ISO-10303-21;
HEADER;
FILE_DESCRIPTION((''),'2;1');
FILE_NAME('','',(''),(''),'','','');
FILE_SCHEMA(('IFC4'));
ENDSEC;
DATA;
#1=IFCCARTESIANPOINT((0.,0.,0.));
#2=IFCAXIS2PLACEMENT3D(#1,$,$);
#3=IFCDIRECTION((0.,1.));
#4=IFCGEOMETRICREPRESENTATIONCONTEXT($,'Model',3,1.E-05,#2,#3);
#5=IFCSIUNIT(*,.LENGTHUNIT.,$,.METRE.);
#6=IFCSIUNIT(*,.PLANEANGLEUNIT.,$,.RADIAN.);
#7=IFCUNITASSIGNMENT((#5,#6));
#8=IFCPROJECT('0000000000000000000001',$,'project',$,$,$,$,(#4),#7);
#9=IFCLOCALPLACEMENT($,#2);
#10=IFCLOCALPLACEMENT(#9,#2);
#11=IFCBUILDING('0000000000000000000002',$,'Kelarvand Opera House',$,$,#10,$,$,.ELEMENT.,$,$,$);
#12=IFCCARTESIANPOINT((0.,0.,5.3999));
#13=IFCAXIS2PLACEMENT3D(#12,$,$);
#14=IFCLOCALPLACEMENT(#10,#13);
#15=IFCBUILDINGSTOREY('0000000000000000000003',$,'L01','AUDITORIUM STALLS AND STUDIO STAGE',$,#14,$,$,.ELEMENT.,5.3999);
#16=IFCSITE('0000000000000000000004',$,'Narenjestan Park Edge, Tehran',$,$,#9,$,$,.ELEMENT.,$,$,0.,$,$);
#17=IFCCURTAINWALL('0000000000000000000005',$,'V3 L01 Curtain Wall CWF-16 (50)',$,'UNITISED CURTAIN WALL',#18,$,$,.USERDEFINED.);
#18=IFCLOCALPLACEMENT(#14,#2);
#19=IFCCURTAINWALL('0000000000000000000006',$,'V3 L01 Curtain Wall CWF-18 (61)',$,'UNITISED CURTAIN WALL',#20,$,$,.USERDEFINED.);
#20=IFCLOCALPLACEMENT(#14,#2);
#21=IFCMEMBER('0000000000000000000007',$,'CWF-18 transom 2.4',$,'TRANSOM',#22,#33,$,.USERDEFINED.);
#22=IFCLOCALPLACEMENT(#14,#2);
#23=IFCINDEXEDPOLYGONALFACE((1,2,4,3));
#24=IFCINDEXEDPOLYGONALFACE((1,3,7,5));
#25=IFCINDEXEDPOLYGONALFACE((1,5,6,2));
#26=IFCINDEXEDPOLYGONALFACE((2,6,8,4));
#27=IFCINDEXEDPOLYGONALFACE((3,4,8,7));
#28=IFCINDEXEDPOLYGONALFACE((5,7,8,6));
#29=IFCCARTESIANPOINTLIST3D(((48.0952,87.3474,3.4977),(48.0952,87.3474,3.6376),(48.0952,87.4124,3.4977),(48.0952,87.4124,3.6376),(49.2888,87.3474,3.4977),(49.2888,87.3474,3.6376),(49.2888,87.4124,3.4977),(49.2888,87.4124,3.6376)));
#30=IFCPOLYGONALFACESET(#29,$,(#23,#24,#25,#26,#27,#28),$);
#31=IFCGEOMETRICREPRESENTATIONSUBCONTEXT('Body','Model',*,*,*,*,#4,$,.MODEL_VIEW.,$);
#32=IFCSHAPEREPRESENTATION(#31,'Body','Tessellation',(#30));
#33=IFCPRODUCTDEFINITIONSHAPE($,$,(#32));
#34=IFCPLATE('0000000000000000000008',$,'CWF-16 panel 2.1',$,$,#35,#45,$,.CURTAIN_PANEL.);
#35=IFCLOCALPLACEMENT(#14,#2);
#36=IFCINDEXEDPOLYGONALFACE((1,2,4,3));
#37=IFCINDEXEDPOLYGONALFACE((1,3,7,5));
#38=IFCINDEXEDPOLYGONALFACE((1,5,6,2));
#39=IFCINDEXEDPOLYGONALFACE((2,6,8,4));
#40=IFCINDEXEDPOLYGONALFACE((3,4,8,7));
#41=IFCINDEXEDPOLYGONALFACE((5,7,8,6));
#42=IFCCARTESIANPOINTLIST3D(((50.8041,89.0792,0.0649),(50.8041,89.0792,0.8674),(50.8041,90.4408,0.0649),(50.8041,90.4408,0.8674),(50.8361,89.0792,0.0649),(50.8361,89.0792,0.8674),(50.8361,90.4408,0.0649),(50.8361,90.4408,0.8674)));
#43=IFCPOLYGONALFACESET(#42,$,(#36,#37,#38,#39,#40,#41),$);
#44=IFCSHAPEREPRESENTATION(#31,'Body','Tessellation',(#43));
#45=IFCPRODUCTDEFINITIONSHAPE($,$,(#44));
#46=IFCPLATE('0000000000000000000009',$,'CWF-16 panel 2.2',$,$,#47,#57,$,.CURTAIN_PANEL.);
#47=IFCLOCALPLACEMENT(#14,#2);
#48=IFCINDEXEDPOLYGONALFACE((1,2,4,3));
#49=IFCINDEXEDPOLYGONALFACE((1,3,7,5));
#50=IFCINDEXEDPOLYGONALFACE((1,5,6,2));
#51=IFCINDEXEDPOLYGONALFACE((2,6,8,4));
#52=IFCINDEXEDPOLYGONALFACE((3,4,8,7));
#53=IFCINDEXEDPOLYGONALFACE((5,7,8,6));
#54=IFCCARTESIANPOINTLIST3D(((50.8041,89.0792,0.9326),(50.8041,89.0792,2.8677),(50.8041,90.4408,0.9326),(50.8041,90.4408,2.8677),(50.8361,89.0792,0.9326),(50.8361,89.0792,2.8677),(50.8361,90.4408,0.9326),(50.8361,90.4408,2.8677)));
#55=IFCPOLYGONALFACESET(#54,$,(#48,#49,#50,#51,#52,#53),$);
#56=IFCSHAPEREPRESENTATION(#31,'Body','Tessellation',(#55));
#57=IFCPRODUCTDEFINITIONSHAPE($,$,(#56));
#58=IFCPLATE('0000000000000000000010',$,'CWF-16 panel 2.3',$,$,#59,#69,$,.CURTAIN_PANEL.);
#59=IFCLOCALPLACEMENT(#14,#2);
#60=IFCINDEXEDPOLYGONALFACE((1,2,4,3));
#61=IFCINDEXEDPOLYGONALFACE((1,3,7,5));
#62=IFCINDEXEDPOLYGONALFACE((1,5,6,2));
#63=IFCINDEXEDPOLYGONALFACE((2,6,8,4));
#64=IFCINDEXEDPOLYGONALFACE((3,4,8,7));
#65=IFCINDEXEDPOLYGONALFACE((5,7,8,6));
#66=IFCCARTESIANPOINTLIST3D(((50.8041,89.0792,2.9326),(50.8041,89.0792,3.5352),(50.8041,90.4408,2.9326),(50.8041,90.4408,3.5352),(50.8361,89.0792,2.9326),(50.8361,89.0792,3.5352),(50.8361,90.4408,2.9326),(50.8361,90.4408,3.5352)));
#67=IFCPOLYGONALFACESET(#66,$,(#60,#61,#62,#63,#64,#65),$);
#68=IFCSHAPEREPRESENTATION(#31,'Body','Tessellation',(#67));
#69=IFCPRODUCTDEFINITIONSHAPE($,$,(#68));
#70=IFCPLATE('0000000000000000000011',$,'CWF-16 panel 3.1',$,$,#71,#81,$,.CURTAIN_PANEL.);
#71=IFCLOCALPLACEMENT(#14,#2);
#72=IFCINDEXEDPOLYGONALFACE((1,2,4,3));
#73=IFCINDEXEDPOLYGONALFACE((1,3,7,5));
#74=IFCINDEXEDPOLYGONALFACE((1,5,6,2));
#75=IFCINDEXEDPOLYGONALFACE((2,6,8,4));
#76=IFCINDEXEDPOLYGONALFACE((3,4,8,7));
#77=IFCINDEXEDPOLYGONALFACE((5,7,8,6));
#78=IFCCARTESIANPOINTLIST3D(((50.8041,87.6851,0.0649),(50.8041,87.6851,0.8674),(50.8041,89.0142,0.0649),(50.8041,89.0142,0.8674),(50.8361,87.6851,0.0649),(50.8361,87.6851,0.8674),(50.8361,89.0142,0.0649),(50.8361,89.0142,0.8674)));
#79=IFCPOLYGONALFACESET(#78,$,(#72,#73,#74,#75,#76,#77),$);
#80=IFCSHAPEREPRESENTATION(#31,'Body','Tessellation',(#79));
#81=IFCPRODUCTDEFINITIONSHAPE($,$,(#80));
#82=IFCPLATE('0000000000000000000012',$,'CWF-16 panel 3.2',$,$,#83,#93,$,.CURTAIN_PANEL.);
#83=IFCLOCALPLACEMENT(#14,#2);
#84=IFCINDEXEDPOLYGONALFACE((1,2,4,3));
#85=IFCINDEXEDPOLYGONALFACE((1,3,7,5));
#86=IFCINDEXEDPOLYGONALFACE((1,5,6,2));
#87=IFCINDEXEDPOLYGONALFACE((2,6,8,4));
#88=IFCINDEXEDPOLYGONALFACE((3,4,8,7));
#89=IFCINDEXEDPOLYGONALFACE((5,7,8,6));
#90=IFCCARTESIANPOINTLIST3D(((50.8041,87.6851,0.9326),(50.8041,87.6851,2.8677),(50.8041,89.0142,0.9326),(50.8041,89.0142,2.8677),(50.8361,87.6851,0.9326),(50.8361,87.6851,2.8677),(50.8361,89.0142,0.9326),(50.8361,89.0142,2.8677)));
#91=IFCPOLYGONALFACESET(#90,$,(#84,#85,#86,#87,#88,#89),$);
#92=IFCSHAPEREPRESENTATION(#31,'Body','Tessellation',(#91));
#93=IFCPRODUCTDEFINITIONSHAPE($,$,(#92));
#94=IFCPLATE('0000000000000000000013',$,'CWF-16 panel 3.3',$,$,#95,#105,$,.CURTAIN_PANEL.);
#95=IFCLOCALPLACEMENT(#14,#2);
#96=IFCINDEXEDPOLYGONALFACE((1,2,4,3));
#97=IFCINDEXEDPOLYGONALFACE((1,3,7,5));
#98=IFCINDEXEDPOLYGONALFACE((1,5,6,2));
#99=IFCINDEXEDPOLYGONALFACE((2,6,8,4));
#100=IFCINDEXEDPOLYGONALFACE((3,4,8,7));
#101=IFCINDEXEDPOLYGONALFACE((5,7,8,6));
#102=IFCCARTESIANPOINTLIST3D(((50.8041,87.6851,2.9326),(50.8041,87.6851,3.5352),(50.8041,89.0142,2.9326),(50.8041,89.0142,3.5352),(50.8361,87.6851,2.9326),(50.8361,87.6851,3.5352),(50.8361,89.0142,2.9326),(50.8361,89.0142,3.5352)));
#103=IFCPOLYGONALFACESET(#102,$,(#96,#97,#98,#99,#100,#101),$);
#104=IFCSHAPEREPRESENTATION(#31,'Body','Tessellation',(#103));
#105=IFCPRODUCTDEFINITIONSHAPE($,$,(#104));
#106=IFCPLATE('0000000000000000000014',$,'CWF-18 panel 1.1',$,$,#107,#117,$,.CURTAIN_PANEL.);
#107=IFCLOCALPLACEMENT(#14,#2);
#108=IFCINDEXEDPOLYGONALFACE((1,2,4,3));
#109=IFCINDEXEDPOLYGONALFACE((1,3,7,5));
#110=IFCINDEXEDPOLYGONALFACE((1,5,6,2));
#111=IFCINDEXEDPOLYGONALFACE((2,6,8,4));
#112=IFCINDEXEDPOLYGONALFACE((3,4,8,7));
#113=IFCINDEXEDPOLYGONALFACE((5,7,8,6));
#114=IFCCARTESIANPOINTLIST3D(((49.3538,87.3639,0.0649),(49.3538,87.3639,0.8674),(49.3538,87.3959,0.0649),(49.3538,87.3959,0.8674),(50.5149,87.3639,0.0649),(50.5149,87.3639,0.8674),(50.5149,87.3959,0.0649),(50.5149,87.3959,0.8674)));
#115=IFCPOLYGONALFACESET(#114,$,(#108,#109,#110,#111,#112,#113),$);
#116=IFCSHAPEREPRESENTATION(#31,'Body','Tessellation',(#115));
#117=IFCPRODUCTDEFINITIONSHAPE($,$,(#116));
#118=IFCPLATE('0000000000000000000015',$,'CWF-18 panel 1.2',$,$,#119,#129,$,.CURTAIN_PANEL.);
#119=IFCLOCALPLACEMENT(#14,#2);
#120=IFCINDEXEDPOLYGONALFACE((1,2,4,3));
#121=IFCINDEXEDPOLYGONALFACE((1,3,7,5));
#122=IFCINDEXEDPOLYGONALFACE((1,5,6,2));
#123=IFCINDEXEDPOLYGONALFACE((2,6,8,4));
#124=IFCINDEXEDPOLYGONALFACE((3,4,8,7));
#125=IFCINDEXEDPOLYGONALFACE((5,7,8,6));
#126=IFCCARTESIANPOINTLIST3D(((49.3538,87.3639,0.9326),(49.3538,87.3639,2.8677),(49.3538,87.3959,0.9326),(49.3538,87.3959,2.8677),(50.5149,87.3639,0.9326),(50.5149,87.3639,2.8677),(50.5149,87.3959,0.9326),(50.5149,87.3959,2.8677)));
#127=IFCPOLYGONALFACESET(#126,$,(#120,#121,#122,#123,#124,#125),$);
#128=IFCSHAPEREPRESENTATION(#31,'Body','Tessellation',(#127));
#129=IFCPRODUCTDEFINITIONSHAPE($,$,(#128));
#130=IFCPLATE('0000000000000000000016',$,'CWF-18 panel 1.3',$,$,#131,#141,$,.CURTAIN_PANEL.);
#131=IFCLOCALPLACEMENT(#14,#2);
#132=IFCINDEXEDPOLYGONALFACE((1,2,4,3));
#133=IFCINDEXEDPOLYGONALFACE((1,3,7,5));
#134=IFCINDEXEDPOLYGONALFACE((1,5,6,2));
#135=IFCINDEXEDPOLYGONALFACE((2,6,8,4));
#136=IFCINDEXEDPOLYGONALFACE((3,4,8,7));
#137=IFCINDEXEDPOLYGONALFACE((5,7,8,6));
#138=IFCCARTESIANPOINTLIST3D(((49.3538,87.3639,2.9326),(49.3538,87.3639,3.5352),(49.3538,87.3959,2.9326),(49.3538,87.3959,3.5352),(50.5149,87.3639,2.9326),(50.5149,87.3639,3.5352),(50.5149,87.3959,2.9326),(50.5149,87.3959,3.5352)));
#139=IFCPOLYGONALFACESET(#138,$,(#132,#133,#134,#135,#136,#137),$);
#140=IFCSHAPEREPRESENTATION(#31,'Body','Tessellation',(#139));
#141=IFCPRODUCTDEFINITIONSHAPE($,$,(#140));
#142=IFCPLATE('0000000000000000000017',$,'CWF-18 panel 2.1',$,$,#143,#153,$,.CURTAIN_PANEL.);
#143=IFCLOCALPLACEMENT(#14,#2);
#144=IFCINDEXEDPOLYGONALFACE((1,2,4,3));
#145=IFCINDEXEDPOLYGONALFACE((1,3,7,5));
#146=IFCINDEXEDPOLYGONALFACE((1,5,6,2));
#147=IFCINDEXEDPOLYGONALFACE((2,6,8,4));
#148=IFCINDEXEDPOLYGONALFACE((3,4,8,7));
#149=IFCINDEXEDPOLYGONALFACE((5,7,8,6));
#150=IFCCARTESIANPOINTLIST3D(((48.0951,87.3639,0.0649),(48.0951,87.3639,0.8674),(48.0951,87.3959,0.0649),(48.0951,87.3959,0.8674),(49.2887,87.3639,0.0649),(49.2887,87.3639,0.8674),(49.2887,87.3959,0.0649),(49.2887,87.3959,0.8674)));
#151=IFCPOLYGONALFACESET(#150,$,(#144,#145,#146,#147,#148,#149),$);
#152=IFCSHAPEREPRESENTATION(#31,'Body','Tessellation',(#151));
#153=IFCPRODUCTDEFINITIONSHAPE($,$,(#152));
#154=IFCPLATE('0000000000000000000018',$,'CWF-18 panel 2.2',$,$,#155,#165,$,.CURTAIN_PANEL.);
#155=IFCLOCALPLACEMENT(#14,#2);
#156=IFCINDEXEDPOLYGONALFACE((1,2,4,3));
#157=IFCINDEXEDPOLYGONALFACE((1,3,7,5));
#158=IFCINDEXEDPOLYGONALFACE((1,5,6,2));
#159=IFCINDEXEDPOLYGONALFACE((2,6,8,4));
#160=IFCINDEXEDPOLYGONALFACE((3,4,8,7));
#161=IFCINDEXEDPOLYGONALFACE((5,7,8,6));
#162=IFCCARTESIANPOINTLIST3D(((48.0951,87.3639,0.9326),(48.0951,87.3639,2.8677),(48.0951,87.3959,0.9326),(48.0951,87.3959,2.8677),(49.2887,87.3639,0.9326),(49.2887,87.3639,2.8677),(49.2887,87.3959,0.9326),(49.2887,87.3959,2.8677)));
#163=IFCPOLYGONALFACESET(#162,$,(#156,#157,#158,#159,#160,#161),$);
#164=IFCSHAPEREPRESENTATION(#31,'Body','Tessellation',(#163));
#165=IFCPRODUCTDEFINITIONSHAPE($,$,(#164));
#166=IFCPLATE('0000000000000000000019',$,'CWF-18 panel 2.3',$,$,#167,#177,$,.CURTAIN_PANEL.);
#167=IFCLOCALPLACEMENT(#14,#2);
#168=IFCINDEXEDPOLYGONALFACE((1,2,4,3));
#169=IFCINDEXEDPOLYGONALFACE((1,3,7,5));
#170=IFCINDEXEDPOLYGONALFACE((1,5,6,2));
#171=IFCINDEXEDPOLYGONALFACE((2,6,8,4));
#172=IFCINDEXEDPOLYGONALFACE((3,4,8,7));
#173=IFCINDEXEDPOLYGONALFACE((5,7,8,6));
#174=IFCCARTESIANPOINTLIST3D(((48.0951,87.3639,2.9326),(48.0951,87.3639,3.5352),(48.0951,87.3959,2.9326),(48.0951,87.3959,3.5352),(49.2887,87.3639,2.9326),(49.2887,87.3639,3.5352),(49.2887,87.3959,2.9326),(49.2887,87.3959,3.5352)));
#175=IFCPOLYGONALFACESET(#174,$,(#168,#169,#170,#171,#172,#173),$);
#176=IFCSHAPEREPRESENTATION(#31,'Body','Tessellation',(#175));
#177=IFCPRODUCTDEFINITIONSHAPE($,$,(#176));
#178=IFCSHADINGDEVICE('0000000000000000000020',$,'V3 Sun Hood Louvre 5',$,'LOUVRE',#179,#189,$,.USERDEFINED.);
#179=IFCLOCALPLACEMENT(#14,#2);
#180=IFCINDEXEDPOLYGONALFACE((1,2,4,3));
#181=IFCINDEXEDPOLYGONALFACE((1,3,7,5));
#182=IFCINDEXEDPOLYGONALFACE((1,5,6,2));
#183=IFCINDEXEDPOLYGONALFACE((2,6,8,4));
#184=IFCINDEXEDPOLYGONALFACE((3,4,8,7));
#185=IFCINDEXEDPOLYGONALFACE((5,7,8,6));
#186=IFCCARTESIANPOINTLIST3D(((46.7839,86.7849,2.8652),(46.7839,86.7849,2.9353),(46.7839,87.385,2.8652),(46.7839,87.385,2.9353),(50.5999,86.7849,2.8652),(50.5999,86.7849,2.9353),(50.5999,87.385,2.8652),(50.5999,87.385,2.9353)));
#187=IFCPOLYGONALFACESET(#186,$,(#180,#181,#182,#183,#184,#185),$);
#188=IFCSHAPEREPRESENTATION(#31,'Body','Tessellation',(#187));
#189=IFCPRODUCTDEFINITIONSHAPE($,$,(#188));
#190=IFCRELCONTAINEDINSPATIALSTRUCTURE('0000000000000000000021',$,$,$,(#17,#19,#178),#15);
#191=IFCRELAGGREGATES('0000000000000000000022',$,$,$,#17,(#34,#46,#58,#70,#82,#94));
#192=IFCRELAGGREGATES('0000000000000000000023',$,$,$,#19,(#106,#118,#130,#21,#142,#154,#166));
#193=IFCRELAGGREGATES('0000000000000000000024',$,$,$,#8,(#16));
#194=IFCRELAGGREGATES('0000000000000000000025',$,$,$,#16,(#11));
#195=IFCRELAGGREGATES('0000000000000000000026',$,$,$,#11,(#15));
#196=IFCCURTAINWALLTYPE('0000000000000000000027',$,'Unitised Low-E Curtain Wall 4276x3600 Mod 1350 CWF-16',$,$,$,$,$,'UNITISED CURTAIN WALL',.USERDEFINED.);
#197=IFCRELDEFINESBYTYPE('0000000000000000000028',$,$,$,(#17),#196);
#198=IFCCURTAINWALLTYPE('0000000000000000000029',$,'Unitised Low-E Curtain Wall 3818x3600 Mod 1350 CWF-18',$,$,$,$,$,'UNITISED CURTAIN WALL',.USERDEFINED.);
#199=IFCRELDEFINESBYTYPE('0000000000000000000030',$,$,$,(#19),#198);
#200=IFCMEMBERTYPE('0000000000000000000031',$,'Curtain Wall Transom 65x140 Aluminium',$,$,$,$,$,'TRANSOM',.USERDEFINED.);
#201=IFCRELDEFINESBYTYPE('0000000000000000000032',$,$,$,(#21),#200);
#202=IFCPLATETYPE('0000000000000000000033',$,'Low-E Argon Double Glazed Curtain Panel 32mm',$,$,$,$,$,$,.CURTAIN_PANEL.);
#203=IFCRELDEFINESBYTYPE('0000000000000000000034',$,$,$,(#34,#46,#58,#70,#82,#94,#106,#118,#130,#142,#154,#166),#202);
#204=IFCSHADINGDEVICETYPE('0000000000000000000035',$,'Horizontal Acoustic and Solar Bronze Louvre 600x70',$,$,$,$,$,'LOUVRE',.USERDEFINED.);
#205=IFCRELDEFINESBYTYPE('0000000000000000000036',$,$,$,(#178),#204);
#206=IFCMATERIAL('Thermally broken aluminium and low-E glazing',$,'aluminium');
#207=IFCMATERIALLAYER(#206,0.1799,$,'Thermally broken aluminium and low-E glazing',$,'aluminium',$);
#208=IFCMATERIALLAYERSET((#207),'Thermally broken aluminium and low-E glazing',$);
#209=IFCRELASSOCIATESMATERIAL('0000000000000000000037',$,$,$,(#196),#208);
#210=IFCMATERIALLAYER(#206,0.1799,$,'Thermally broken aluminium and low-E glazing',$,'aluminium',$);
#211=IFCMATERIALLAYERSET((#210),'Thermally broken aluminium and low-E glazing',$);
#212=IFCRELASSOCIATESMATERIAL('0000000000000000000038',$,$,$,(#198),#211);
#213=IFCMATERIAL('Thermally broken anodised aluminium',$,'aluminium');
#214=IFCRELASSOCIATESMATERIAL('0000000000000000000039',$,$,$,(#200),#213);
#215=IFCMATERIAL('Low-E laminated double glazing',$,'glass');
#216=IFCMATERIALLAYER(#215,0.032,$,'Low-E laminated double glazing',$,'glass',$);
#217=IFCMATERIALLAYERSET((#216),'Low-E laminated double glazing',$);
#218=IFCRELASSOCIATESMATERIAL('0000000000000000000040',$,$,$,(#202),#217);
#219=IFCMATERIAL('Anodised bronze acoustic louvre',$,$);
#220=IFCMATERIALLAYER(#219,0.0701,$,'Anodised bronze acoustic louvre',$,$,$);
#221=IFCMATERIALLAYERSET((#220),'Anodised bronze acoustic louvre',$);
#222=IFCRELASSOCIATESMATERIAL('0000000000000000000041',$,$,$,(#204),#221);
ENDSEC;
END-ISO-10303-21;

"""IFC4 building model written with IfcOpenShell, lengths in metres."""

from ifc_helpers import new_model, si_unit, direction, frame, origin, origin_2d, place, context, subcontext, project, spatial, rectangle, extrude, material, layer, layer_set, material_profile, profile_set, type_object, element, aggregate, save


model = new_model("IFC4")

# Units and contexts
model_context = context("Model", 3, precision=1e-05, world=origin(), true_north=direction((0.0, 1.0)))
body_context = subcontext(model_context, "Body", "Model", "MODEL_VIEW")
ifc_project = project(units=[si_unit("LENGTHUNIT", "METRE"), si_unit("PLANEANGLEUNIT", "RADIAN")], contexts=[model_context])

# Site, building, storey
site_placement = place(None, origin())
site = spatial("IfcSite", under=ifc_project, at=site_placement, Name="Narenjestan Park Edge, Tehran", CompositionType="ELEMENT", RefElevation=0.0)
building_placement = place(site_placement, origin())
building = spatial("IfcBuilding", under=site, at=building_placement, Name="Kelarvand Opera House", CompositionType="ELEMENT")
storey_placement = place(building_placement, frame((0.0, 0.0, 5.3999)))
storey = spatial("IfcBuildingStorey", under=building, at=storey_placement, Name="L01", Description="AUDITORIUM STALLS AND STUDIO STAGE", CompositionType="ELEMENT", Elevation=5.3999)

# Curtain walls
ifc_material_1 = material(Name="Thermally broken aluminium and low-E glazing", Category="aluminium")
ifc_layer_1 = layer(ifc_material_1, 0.1799, Name="Thermally broken aluminium and low-E glazing", Category="aluminium")
ifc_layer_set_1 = layer_set([ifc_layer_1], Name="Thermally broken aluminium and low-E glazing")
curtain_wall_type_1 = type_object("IfcCurtainWallType", Name="Unitised Low-E Curtain Wall 4276x3600 Mod 1350 CWF-16", ElementType="UNITISED CURTAIN WALL", PredefinedType="USERDEFINED", material=ifc_layer_set_1)
curtain_wall_1_placement = place(storey_placement, origin())
curtain_wall_1 = element("IfcCurtainWall", 1, at=curtain_wall_1_placement, inside=storey, type_object=curtain_wall_type_1, Name="V3 L01 Curtain Wall CWF-16 (50)", ObjectType="UNITISED CURTAIN WALL", PredefinedType="USERDEFINED")
ifc_material_2 = material(Name="Thermally broken anodised aluminium", Category="aluminium")
ifc_layer_2 = layer(ifc_material_1, 0.1799, Name="Thermally broken aluminium and low-E glazing", Category="aluminium")
ifc_layer_set_2 = layer_set([ifc_layer_2], Name="Thermally broken aluminium and low-E glazing")
curtain_wall_type_2 = type_object("IfcCurtainWallType", Name="Unitised Low-E Curtain Wall 3818x3600 Mod 1350 CWF-18", ElementType="UNITISED CURTAIN WALL", PredefinedType="USERDEFINED", material=ifc_layer_set_2)
curtain_wall_2_placement = place(storey_placement, origin())
curtain_wall_2 = element("IfcCurtainWall", 2, at=curtain_wall_2_placement, inside=storey, type_object=curtain_wall_type_2, Name="V3 L01 Curtain Wall CWF-18 (61)", ObjectType="UNITISED CURTAIN WALL", PredefinedType="USERDEFINED")

# Member
ifc_material_profile_1 = material_profile(ifc_material_2, rectangle(XDim=0.0649, YDim=0.1399, at=origin_2d()), Name="ALU TRANSOM 65x140", Category="aluminium")
ifc_profile_set_1 = profile_set([ifc_material_profile_1], Name="Thermally broken anodised aluminium")
member_type_1 = type_object("IfcMemberType", Name="Curtain Wall Transom 65x140 Aluminium", ElementType="TRANSOM", PredefinedType="USERDEFINED", material=ifc_profile_set_1)
member_1_placement = place(storey_placement, frame((49.2888, 87.3799, 3.5676), z_axis=(-1.0, 0.0, 0.0), x_axis=(0.0, -1.0, 0.0)))
member_1 = element("IfcMember", 3, at=member_1_placement, type_object=member_type_1, Name="CWF-18 transom 2.4", ObjectType="TRANSOM", PredefinedType="USERDEFINED", context=body_context, shape_type="SweptSolid", body=[
    extrude(rectangle(XDim=0.0649, YDim=0.1399, at=origin_2d()), origin(), (0.0, 0.0, 1.0), 1.1936),
])

# Plates
ifc_material_3 = material(Name="Low-E laminated double glazing", Category="glass")
ifc_layer_3 = layer(ifc_material_3, 0.032, Name="Low-E laminated double glazing", Category="glass")
ifc_layer_set_3 = layer_set([ifc_layer_3], Name="Low-E laminated double glazing")
plate_type = type_object("IfcPlateType", Name="Low-E Argon Double Glazed Curtain Panel 32mm", PredefinedType="CURTAIN_PANEL", material=ifc_layer_set_3)
plate_1_placement = place(storey_placement, frame((50.8201, 89.76, 0.0649), z_axis=(0.0, 0.0, 1.0), x_axis=(0.0, -1.0, 0.0)))
plate_1 = element("IfcPlate", 4, at=plate_1_placement, type_object=plate_type, Name="CWF-16 panel 2.1", PredefinedType="CURTAIN_PANEL", context=body_context, shape_type="SweptSolid", body=[
    extrude(rectangle(XDim=1.3616, YDim=0.032, at=origin_2d()), origin(), (0.0, 0.0, 1.0), 0.8025),
])
plate_2_placement = place(storey_placement, frame((50.8201, 89.76, 0.9326), z_axis=(0.0, 0.0, 1.0), x_axis=(0.0, -1.0, 0.0)))
plate_2 = element("IfcPlate", 5, at=plate_2_placement, type_object=plate_type, Name="CWF-16 panel 2.2", PredefinedType="CURTAIN_PANEL", context=body_context, shape_type="SweptSolid", body=[
    extrude(rectangle(XDim=1.3616, YDim=0.032, at=origin_2d()), origin(), (0.0, 0.0, 1.0), 1.9351),
])
plate_3_placement = place(storey_placement, frame((50.8201, 89.76, 2.9326), z_axis=(0.0, 0.0, 1.0), x_axis=(0.0, -1.0, 0.0)))
plate_3 = element("IfcPlate", 6, at=plate_3_placement, type_object=plate_type, Name="CWF-16 panel 2.3", PredefinedType="CURTAIN_PANEL", context=body_context, shape_type="SweptSolid", body=[
    extrude(rectangle(XDim=1.3616, YDim=0.032, at=origin_2d()), origin(), (0.0, 0.0, 1.0), 0.6025),
])
plate_4_placement = place(storey_placement, frame((50.8201, 88.3496, 0.0649), z_axis=(0.0, 0.0, 1.0), x_axis=(0.0, -1.0, 0.0)))
plate_4 = element("IfcPlate", 7, at=plate_4_placement, type_object=plate_type, Name="CWF-16 panel 3.1", PredefinedType="CURTAIN_PANEL", context=body_context, shape_type="SweptSolid", body=[
    extrude(rectangle(XDim=1.3291, YDim=0.032, at=origin_2d()), origin(), (0.0, 0.0, 1.0), 0.8025),
])
plate_5_placement = place(storey_placement, frame((50.8201, 88.3496, 0.9326), z_axis=(0.0, 0.0, 1.0), x_axis=(0.0, -1.0, 0.0)))
plate_5 = element("IfcPlate", 8, at=plate_5_placement, type_object=plate_type, Name="CWF-16 panel 3.2", PredefinedType="CURTAIN_PANEL", context=body_context, shape_type="SweptSolid", body=[
    extrude(rectangle(XDim=1.3291, YDim=0.032, at=origin_2d()), origin(), (0.0, 0.0, 1.0), 1.9351),
])
plate_6_placement = place(storey_placement, frame((50.8201, 88.3496, 2.9326), z_axis=(0.0, 0.0, 1.0), x_axis=(0.0, -1.0, 0.0)))
plate_6 = element("IfcPlate", 9, at=plate_6_placement, type_object=plate_type, Name="CWF-16 panel 3.3", PredefinedType="CURTAIN_PANEL", context=body_context, shape_type="SweptSolid", body=[
    extrude(rectangle(XDim=1.3291, YDim=0.032, at=origin_2d()), origin(), (0.0, 0.0, 1.0), 0.6025),
])
aggregate(curtain_wall_1, [plate_1, plate_2, plate_3, plate_4, plate_5, plate_6])
plate_7_placement = place(storey_placement, frame((49.9343, 87.3799, 0.0649), z_axis=(0.0, 0.0, 1.0), x_axis=(-1.0, 0.0, 0.0)))
plate_7 = element("IfcPlate", 10, at=plate_7_placement, type_object=plate_type, Name="CWF-18 panel 1.1", PredefinedType="CURTAIN_PANEL", context=body_context, shape_type="SweptSolid", body=[
    extrude(rectangle(XDim=1.1611, YDim=0.032, at=origin_2d()), origin(), (0.0, 0.0, 1.0), 0.8025),
])
plate_8_placement = place(storey_placement, frame((49.9343, 87.3799, 0.9326), z_axis=(0.0, 0.0, 1.0), x_axis=(-1.0, 0.0, 0.0)))
plate_8 = element("IfcPlate", 11, at=plate_8_placement, type_object=plate_type, Name="CWF-18 panel 1.2", PredefinedType="CURTAIN_PANEL", context=body_context, shape_type="SweptSolid", body=[
    extrude(rectangle(XDim=1.1611, YDim=0.032, at=origin_2d()), origin(), (0.0, 0.0, 1.0), 1.9351),
])
plate_9_placement = place(storey_placement, frame((49.9343, 87.3799, 2.9326), z_axis=(0.0, 0.0, 1.0), x_axis=(-1.0, 0.0, 0.0)))
plate_9 = element("IfcPlate", 12, at=plate_9_placement, type_object=plate_type, Name="CWF-18 panel 1.3", PredefinedType="CURTAIN_PANEL", context=body_context, shape_type="SweptSolid", body=[
    extrude(rectangle(XDim=1.1611, YDim=0.032, at=origin_2d()), origin(), (0.0, 0.0, 1.0), 0.6025),
])
plate_10_placement = place(storey_placement, frame((48.6919, 87.3799, 0.0649), z_axis=(0.0, 0.0, 1.0), x_axis=(-1.0, 0.0, 0.0)))
plate_10 = element("IfcPlate", 13, at=plate_10_placement, type_object=plate_type, Name="CWF-18 panel 2.1", PredefinedType="CURTAIN_PANEL", context=body_context, shape_type="SweptSolid", body=[
    extrude(rectangle(XDim=1.1936, YDim=0.032, at=origin_2d()), origin(), (0.0, 0.0, 1.0), 0.8025),
])
plate_11_placement = place(storey_placement, frame((48.6919, 87.3799, 0.9326), z_axis=(0.0, 0.0, 1.0), x_axis=(-1.0, 0.0, 0.0)))
plate_11 = element("IfcPlate", 14, at=plate_11_placement, type_object=plate_type, Name="CWF-18 panel 2.2", PredefinedType="CURTAIN_PANEL", context=body_context, shape_type="SweptSolid", body=[
    extrude(rectangle(XDim=1.1936, YDim=0.032, at=origin_2d()), origin(), (0.0, 0.0, 1.0), 1.9351),
])
plate_12_placement = place(storey_placement, frame((48.6919, 87.3799, 2.9326), z_axis=(0.0, 0.0, 1.0), x_axis=(-1.0, 0.0, 0.0)))
plate_12 = element("IfcPlate", 15, at=plate_12_placement, type_object=plate_type, Name="CWF-18 panel 2.3", PredefinedType="CURTAIN_PANEL", context=body_context, shape_type="SweptSolid", body=[
    extrude(rectangle(XDim=1.1936, YDim=0.032, at=origin_2d()), origin(), (0.0, 0.0, 1.0), 0.6025),
])
aggregate(curtain_wall_2, [plate_7, plate_8, plate_9, member_1, plate_10, plate_11, plate_12])

# Shading device
ifc_material_4 = material(Name="Anodised bronze acoustic louvre")
ifc_layer_4 = layer(ifc_material_4, 0.0701, Name="Anodised bronze acoustic louvre")
ifc_layer_set_4 = layer_set([ifc_layer_4], Name="Anodised bronze acoustic louvre")
shading_device_type = type_object("IfcShadingDeviceType", Name="Horizontal Acoustic and Solar Bronze Louvre 600x70", ElementType="LOUVRE", PredefinedType="USERDEFINED", material=ifc_layer_set_4)
shading_device_placement = place(storey_placement, frame((48.6919, 87.085, 2.8652), z_axis=(0.0, 0.0, 1.0), x_axis=(-1.0, 0.0, 0.0)))
element("IfcShadingDevice", 16, at=shading_device_placement, inside=storey, type_object=shading_device_type, Name="V3 Sun Hood Louvre 5", ObjectType="LOUVRE", PredefinedType="USERDEFINED", context=body_context, shape_type="SweptSolid", body=[
    extrude(rectangle(XDim=3.8159, YDim=0.6001, at=origin_2d()), origin(), (0.0, 0.0, 1.0), 0.0701),
])

save(model, "model.ifc")
